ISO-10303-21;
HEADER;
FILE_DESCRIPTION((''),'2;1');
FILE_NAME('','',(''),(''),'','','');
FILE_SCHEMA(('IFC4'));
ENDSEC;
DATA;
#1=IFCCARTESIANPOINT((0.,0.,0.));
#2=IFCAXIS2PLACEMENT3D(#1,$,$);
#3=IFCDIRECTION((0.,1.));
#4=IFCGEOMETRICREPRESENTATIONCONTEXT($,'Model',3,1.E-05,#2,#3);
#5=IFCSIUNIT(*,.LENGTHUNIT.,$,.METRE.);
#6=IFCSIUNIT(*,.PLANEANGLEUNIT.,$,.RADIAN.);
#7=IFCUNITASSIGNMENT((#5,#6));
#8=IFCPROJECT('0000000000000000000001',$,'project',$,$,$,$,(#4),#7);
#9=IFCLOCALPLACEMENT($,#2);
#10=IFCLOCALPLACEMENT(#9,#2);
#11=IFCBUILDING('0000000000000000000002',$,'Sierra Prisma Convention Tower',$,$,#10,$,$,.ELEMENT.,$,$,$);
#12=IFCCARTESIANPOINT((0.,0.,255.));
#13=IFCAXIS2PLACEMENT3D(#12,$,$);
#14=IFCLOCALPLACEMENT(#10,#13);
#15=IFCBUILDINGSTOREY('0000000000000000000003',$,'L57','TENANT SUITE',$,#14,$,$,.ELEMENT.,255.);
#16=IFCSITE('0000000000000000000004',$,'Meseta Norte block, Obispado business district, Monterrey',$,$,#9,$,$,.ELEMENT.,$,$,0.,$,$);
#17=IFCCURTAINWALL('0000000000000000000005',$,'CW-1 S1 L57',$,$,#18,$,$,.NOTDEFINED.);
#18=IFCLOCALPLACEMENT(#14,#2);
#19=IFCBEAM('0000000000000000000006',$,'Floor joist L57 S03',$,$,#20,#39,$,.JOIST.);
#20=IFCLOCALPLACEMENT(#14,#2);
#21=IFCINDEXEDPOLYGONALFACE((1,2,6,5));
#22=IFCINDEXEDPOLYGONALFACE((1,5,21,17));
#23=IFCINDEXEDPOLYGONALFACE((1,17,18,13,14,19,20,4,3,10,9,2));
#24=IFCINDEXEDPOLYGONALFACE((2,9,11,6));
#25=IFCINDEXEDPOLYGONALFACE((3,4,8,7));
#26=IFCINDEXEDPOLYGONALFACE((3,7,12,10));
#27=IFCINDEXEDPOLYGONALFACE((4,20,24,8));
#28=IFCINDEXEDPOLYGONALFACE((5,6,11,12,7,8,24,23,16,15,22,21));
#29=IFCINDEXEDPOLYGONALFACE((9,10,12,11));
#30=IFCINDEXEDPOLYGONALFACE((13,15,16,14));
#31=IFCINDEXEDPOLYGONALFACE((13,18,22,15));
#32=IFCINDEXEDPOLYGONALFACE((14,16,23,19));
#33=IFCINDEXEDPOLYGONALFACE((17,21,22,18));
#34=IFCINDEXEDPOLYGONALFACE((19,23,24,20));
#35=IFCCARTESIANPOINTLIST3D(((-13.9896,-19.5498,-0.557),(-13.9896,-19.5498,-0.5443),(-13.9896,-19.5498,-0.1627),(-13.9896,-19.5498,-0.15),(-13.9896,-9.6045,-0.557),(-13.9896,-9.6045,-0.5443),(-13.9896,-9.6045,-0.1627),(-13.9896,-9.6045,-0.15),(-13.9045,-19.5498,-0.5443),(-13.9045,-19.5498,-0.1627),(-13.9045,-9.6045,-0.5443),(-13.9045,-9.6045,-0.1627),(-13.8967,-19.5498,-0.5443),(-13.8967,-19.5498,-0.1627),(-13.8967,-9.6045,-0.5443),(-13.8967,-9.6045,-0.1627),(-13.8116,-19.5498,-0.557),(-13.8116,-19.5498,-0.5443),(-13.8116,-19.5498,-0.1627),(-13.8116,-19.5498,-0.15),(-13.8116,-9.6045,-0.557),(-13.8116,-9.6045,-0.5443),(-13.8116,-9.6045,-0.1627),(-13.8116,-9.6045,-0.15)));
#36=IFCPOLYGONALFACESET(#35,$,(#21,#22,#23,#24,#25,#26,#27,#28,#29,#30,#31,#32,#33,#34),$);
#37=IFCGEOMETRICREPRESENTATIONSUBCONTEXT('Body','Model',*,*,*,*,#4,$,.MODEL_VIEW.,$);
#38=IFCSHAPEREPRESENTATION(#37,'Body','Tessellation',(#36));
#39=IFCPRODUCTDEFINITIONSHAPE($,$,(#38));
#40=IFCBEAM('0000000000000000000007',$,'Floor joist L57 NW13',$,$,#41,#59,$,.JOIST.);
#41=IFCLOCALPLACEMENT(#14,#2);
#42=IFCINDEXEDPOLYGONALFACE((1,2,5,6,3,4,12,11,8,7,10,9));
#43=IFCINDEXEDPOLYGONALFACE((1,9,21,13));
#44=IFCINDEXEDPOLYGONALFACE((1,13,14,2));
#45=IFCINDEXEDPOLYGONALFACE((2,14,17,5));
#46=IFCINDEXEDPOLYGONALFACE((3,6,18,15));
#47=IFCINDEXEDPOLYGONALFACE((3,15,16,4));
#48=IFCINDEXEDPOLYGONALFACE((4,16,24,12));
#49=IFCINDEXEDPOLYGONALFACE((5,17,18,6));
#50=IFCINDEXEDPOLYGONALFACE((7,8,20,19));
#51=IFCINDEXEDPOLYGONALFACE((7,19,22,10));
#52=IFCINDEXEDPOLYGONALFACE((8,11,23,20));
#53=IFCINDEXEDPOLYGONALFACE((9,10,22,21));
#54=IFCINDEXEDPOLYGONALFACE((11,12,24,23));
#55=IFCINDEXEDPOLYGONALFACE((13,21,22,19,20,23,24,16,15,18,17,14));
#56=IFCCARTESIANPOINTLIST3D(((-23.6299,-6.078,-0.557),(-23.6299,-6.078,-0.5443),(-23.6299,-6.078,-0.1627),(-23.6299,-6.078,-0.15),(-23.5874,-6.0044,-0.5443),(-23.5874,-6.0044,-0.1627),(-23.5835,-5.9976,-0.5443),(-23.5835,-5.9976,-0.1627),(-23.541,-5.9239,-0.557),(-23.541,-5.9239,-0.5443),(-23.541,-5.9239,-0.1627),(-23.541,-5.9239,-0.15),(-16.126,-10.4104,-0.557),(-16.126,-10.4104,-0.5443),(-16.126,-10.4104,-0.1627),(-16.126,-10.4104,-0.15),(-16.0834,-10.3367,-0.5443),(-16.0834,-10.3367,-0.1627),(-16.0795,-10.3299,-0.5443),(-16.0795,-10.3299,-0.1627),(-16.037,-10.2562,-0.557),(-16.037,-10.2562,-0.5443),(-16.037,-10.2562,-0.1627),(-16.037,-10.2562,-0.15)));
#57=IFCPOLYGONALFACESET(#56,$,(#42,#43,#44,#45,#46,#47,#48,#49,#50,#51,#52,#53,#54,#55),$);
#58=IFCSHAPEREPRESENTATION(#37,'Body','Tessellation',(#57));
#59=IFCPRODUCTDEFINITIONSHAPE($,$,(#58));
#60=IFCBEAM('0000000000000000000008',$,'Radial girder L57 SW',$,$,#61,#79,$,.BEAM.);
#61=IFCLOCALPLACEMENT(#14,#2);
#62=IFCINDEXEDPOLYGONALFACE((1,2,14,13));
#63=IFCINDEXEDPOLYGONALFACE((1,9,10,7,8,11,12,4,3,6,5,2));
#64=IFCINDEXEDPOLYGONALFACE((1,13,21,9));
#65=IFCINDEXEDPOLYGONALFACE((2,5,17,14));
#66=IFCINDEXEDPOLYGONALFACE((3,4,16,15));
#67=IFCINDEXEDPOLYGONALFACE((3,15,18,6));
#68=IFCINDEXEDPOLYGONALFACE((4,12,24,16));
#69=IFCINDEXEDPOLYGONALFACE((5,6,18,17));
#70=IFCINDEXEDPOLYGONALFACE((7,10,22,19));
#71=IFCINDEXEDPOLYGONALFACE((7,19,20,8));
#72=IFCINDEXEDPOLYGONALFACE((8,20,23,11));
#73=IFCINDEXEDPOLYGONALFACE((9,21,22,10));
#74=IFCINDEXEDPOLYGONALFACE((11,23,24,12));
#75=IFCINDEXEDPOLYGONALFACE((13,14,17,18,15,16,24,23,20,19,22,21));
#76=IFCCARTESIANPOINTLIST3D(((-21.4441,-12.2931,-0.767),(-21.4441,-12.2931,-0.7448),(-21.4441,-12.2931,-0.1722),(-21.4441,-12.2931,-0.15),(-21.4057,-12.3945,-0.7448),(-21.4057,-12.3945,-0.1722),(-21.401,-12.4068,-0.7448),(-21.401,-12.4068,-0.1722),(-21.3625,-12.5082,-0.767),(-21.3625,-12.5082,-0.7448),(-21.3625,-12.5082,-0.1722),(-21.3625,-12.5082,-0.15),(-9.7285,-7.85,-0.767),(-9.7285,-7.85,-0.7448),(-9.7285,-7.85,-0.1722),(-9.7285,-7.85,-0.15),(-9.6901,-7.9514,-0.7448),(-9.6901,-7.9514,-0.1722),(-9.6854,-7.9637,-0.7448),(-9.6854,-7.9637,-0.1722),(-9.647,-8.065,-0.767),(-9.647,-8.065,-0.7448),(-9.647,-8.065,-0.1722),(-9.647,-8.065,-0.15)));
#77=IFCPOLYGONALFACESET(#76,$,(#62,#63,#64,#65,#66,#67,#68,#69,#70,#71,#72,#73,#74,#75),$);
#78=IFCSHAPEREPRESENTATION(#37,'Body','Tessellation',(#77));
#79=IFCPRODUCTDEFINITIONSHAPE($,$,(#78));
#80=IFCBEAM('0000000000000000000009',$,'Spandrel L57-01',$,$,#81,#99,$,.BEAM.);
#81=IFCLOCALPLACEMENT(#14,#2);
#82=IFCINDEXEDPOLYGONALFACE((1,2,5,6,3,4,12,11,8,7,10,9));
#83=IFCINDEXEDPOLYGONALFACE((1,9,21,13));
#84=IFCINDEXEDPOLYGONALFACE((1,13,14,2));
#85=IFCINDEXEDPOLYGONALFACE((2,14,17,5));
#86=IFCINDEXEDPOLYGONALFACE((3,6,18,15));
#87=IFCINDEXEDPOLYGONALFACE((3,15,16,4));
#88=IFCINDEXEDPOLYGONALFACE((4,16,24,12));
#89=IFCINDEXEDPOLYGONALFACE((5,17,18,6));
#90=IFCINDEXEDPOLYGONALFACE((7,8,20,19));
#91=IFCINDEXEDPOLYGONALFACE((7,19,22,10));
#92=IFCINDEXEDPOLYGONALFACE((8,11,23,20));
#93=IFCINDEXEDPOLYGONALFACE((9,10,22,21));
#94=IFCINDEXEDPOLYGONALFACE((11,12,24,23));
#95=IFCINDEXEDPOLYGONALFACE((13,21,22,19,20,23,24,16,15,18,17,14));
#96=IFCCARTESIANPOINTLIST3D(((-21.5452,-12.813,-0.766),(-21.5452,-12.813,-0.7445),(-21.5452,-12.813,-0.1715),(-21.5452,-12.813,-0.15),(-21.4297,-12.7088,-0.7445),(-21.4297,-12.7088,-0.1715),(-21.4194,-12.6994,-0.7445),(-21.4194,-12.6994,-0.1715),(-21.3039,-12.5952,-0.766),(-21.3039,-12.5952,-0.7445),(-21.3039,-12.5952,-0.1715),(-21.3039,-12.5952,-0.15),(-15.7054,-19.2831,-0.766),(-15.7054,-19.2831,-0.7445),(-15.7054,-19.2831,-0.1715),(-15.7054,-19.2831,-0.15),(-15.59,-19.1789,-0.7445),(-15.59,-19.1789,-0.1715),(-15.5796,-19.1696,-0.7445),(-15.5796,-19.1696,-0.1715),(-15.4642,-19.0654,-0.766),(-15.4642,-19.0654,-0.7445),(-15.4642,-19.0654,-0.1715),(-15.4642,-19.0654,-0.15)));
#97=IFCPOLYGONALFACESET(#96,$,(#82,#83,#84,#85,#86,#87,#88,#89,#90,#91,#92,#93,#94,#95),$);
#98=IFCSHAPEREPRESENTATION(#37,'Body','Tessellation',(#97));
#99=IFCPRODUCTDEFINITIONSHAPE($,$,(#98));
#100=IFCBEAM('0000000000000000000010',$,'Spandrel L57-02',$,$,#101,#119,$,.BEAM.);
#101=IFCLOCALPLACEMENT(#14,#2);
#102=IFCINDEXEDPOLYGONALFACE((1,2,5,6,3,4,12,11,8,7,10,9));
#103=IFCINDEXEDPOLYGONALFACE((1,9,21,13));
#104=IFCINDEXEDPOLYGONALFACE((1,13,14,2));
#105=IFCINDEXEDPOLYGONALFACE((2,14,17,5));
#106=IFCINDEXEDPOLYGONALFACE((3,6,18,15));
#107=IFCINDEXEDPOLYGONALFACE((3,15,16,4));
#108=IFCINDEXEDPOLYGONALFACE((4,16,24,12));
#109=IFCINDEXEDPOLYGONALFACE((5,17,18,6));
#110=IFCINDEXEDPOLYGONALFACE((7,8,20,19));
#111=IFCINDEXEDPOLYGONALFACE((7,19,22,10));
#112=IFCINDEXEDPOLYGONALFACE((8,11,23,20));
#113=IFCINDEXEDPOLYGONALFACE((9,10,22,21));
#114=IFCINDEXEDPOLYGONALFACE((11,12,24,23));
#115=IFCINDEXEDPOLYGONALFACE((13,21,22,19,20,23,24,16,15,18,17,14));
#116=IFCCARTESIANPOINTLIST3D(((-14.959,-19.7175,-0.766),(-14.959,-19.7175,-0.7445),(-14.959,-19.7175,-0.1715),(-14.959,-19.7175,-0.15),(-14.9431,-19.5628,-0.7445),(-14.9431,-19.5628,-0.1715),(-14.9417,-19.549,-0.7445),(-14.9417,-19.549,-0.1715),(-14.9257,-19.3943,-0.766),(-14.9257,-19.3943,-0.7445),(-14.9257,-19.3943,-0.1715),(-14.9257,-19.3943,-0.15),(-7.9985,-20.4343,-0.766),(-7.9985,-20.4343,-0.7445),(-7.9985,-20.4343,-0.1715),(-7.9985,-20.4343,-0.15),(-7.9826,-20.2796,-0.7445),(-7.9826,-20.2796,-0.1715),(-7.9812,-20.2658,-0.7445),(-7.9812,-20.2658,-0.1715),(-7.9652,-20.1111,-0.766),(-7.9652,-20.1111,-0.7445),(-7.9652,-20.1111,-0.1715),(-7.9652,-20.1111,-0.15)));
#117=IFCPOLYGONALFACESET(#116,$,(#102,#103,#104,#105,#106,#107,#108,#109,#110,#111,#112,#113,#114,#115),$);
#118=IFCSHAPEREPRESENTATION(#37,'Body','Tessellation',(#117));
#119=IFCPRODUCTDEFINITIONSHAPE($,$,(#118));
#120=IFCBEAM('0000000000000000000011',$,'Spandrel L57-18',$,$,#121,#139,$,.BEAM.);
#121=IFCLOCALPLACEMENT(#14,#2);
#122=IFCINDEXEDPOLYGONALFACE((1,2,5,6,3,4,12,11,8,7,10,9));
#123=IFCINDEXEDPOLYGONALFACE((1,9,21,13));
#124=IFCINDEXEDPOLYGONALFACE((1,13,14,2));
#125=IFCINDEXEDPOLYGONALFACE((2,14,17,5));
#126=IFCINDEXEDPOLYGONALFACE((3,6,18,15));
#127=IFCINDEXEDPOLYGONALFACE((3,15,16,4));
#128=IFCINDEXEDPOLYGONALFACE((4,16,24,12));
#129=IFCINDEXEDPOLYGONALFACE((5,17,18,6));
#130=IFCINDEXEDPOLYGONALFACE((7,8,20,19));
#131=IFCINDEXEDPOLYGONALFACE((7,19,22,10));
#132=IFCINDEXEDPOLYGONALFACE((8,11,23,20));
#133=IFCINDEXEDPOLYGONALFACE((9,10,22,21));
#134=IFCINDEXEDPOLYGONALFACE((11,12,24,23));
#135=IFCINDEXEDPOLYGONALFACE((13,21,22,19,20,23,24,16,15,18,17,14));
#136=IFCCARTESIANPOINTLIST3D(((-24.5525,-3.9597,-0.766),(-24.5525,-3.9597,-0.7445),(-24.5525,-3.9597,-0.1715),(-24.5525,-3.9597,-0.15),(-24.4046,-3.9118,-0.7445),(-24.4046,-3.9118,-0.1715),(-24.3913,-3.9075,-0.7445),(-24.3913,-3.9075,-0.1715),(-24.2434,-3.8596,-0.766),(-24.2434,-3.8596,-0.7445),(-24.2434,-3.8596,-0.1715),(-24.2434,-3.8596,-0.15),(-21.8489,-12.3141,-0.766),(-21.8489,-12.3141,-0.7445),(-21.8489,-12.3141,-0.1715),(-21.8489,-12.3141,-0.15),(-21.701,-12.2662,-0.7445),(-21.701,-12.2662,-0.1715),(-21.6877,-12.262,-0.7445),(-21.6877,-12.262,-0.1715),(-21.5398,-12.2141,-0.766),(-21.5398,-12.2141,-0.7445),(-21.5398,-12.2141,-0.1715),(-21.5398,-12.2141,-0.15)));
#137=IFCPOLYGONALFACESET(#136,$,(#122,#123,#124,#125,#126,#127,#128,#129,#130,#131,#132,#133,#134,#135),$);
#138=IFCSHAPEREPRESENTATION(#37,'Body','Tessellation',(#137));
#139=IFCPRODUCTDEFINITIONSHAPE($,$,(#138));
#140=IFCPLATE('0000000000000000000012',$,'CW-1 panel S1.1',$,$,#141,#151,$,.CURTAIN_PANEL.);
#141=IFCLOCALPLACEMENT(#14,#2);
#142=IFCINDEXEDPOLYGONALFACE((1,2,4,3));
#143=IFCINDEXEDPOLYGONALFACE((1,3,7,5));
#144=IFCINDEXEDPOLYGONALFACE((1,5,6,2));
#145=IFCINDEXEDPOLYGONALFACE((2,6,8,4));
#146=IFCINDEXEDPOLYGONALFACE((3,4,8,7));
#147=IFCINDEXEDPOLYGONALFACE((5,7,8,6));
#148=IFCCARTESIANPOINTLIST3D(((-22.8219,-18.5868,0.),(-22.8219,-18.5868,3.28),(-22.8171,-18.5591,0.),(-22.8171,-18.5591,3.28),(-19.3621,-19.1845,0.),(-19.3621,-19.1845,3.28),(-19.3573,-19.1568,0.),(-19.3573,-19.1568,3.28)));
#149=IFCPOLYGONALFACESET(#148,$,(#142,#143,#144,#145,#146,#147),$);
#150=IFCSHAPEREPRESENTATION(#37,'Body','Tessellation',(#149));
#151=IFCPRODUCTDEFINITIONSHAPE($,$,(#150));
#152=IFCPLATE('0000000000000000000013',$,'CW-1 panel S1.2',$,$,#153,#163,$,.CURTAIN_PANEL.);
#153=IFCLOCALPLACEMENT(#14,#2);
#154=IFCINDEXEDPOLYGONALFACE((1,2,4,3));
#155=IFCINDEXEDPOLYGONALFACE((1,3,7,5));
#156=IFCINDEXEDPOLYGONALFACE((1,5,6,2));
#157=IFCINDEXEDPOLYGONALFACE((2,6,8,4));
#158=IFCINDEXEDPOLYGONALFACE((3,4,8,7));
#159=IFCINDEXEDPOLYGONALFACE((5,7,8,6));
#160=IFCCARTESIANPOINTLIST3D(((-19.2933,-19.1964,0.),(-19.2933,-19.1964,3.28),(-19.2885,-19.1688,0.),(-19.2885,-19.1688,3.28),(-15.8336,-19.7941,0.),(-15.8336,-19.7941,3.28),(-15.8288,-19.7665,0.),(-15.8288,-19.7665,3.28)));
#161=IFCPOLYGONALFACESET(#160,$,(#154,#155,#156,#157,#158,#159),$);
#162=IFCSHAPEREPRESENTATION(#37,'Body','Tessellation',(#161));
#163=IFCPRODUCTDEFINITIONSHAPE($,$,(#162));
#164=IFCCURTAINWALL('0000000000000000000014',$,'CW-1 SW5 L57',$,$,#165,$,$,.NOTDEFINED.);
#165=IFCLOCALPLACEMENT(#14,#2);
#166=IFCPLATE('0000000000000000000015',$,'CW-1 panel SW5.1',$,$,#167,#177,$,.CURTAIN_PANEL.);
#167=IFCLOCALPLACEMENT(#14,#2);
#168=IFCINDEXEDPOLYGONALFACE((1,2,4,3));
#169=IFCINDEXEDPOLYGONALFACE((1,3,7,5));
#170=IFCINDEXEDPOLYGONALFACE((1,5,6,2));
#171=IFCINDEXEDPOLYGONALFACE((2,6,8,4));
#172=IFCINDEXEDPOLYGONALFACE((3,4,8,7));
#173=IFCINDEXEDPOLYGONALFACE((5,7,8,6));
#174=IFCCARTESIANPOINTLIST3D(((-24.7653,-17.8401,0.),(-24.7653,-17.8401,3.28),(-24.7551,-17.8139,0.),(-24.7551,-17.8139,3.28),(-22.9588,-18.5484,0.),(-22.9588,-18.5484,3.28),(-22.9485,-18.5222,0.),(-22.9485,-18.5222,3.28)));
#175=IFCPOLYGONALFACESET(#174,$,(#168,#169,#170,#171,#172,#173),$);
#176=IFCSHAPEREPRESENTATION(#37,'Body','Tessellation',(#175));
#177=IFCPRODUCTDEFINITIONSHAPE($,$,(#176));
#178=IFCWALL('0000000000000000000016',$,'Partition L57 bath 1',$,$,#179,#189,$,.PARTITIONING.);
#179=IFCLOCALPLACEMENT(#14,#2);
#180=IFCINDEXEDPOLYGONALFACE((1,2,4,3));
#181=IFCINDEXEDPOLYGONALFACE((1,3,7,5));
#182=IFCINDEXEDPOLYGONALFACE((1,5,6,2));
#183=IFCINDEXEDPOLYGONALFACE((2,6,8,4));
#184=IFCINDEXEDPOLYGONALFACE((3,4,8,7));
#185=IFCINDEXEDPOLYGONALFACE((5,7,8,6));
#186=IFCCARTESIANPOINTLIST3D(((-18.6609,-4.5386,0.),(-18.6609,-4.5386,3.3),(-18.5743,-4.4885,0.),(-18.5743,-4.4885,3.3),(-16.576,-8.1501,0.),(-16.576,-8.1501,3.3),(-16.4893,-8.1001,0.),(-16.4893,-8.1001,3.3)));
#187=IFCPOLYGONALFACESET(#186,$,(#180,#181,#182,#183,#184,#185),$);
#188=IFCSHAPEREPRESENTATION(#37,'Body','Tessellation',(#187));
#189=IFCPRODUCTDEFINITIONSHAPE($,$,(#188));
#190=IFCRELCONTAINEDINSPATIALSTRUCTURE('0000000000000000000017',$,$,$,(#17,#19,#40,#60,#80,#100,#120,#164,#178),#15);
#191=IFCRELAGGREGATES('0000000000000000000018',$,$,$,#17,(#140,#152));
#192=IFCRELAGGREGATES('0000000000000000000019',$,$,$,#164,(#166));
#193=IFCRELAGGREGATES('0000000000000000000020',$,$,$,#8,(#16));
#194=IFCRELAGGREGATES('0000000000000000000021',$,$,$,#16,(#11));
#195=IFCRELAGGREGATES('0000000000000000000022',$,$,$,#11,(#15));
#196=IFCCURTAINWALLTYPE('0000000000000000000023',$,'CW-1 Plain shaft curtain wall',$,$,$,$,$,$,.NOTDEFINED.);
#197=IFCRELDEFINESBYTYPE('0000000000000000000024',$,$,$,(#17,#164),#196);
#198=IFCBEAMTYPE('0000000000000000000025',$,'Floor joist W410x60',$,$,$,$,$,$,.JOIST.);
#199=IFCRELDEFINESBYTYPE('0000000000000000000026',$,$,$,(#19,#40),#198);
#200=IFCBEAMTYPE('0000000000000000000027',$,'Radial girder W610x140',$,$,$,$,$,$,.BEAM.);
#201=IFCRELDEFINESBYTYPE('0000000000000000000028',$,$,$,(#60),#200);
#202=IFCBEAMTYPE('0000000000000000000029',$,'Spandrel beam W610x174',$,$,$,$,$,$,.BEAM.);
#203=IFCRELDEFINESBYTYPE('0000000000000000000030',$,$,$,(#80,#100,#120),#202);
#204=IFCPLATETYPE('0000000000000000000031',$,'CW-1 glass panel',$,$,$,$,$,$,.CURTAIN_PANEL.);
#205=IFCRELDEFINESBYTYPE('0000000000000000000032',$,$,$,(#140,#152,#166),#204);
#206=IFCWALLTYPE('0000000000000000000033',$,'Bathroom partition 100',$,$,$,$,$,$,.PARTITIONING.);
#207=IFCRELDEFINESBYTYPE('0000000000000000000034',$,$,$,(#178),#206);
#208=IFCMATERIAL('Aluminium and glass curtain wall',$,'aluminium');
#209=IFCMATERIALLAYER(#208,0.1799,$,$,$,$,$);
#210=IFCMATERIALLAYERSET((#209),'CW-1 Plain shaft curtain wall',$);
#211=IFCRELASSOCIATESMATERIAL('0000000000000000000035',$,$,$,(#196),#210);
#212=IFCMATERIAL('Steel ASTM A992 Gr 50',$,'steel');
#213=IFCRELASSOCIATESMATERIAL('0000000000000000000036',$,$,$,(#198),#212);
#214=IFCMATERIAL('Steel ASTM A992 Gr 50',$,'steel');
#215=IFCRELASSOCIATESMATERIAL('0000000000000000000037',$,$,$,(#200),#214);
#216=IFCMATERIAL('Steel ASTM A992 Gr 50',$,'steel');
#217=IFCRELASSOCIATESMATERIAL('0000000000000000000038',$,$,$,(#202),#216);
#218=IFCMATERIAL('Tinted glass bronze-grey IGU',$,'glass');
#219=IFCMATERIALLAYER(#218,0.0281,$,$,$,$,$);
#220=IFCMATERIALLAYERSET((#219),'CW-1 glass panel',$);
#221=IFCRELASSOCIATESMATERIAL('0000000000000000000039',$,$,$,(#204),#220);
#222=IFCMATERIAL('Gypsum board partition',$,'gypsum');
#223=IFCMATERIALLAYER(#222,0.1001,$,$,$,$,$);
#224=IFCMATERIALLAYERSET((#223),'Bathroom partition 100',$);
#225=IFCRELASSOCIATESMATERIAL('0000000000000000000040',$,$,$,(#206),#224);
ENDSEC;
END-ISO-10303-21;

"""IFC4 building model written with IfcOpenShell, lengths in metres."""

from ifc_helpers import new_model, si_unit, direction, frame, frame_2d, origin, origin_2d, place, context, subcontext, project, spatial, rectangle, i_section, extrude, material, layer, layer_set, material_profile, profile_set, type_object, element, aggregate, save


model = new_model("IFC4")

# Units and contexts
model_context = context("Model", 3, precision=1e-05, world=origin(), true_north=direction((0.0, 1.0)))
body_context = subcontext(model_context, "Body", "Model", "MODEL_VIEW")
ifc_project = project(units=[si_unit("LENGTHUNIT", "METRE"), si_unit("PLANEANGLEUNIT", "RADIAN")], contexts=[model_context])

# Site, building, storey
site_placement = place(None, origin())
site = spatial("IfcSite", under=ifc_project, at=site_placement, Name="Meseta Norte block, Obispado business district, Monterrey", CompositionType="ELEMENT", RefElevation=0.0)
building_placement = place(site_placement, origin())
building = spatial("IfcBuilding", under=site, at=building_placement, Name="Sierra Prisma Convention Tower", CompositionType="ELEMENT")
storey_placement = place(building_placement, frame((0.0, 0.0, 255.0)))
storey = spatial("IfcBuildingStorey", under=building, at=storey_placement, Name="L57", Description="TENANT SUITE", CompositionType="ELEMENT", Elevation=255.0)

# Curtain wall
ifc_material_1 = material(Name="Aluminium and glass curtain wall", Category="aluminium")
ifc_layer_1 = layer(ifc_material_1, 0.1799)
ifc_layer_set_1 = layer_set([ifc_layer_1], Name="CW-1 Plain shaft curtain wall")
curtain_wall_type = type_object("IfcCurtainWallType", Name="CW-1 Plain shaft curtain wall", PredefinedType="NOTDEFINED", material=ifc_layer_set_1)
curtain_wall_1_placement = place(storey_placement, origin())
curtain_wall_1 = element("IfcCurtainWall", 1, at=curtain_wall_1_placement, inside=storey, type_object=curtain_wall_type, Name="CW-1 S1 L57", PredefinedType="NOTDEFINED")

# Beams
ifc_material_2 = material(Name="Steel ASTM A992 Gr 50", Category="steel")
ifc_material_profile_1 = material_profile(ifc_material_2, i_section(OverallWidth=0.178, OverallDepth=0.407, WebThickness=0.0078, FlangeThickness=0.0127, at=origin_2d()), Name="W410x60")
ifc_profile_set_1 = profile_set([ifc_material_profile_1], Name="Steel ASTM A992 Gr 50")
beam_type_1 = type_object("IfcBeamType", Name="Floor joist W410x60", PredefinedType="JOIST", material=ifc_profile_set_1)
beam_1_placement = place(storey_placement, frame((-13.9006, -19.5498, -0.3535), z_axis=(0.0, 1.0, 0.0), x_axis=(-1.0, 0.0, 0.0)))
element("IfcBeam", 2, at=beam_1_placement, inside=storey, type_object=beam_type_1, Name="Floor joist L57 S03", PredefinedType="JOIST", context=body_context, shape_type="SweptSolid", body=[
    extrude(i_section(OverallWidth=0.178, OverallDepth=0.407, WebThickness=0.0078, FlangeThickness=0.0127, at=origin_2d()), origin(), (0.0, 0.0, 1.0), 9.9453),
])
beam_2_placement = place(storey_placement, frame((-23.5854, -6.001, -0.3535), z_axis=(0.866031, -0.499991, 0.0), x_axis=(0.499991, 0.866031, 0.0)))
element("IfcBeam", 3, at=beam_2_placement, inside=storey, type_object=beam_type_1, Name="Floor joist L57 NW13", PredefinedType="JOIST", context=body_context, shape_type="SweptSolid", body=[
    extrude(i_section(OverallWidth=0.178, OverallDepth=0.407, WebThickness=0.0078, FlangeThickness=0.0127, at=origin_2d()), origin(), (0.0, 0.0, 1.0), 8.6648),
])
ifc_material_3 = material(Name="Steel ASTM A992 Gr 50", Category="steel")
ifc_material_profile_2 = material_profile(ifc_material_3, i_section(OverallWidth=0.23, OverallDepth=0.6169, WebThickness=0.0132, FlangeThickness=0.0222, at=origin_2d()), Name="W610x140")
ifc_profile_set_2 = profile_set([ifc_material_profile_2], Name="Steel ASTM A992 Gr 50")
beam_type_2 = type_object("IfcBeamType", Name="Radial girder W610x140", PredefinedType="BEAM", material=ifc_profile_set_2)
beam_3_placement = place(storey_placement, frame((-21.4033, -12.4006, -0.4585), z_axis=(0.935017, 0.354604, 0.0), x_axis=(-0.354604, 0.935017, 0.0)))
element("IfcBeam", 4, at=beam_3_placement, inside=storey, type_object=beam_type_2, Name="Radial girder L57 SW", PredefinedType="BEAM", context=body_context, shape_type="SweptSolid", body=[
    extrude(i_section(OverallWidth=0.23, OverallDepth=0.6169, WebThickness=0.0132, FlangeThickness=0.0222, at=origin_2d()), origin(), (0.0, 0.0, 1.0), 12.5298),
])
ifc_material_4 = material(Name="Steel ASTM A992 Gr 50", Category="steel")
ifc_material_profile_3 = material_profile(ifc_material_4, i_section(OverallWidth=0.325, OverallDepth=0.616, WebThickness=0.0139, FlangeThickness=0.0215, at=origin_2d()), Name="W610x174")
ifc_profile_set_3 = profile_set([ifc_material_profile_3], Name="Steel ASTM A992 Gr 50")
beam_type_3 = type_object("IfcBeamType", Name="Spandrel beam W610x174", PredefinedType="BEAM", material=ifc_profile_set_3)
beam_4_placement = place(storey_placement, frame((-21.4246, -12.7041, -0.458), z_axis=(0.670019, -0.742344, 0.0), x_axis=(0.742344, 0.670019, 0.0)))
element("IfcBeam", 5, at=beam_4_placement, inside=storey, type_object=beam_type_3, Name="Spandrel L57-01", PredefinedType="BEAM", context=body_context, shape_type="SweptSolid", body=[
    extrude(i_section(OverallWidth=0.325, OverallDepth=0.616, WebThickness=0.0139, FlangeThickness=0.0215, at=origin_2d()), origin(), (0.0, 0.0, 1.0), 8.7158),
])
beam_5_placement = place(storey_placement, frame((-14.9424, -19.5559, -0.458), z_axis=(0.994739, -0.10244, 0.0), x_axis=(0.10244, 0.994739, 0.0)))
element("IfcBeam", 6, at=beam_5_placement, inside=storey, type_object=beam_type_3, Name="Spandrel L57-02", PredefinedType="BEAM", context=body_context, shape_type="SweptSolid", body=[
    extrude(i_section(OverallWidth=0.325, OverallDepth=0.616, WebThickness=0.0139, FlangeThickness=0.0215, at=origin_2d()), origin(), (0.0, 0.0, 1.0), 6.9973),
])
beam_6_placement = place(storey_placement, frame((-24.3979, -3.9097, -0.458), z_axis=(0.307891, -0.951422, 0.0), x_axis=(0.951422, 0.307891, 0.0)))
element("IfcBeam", 7, at=beam_6_placement, inside=storey, type_object=beam_type_3, Name="Spandrel L57-18", PredefinedType="BEAM", context=body_context, shape_type="SweptSolid", body=[
    extrude(i_section(OverallWidth=0.325, OverallDepth=0.616, WebThickness=0.0139, FlangeThickness=0.0215, at=origin_2d()), origin(), (0.0, 0.0, 1.0), 8.781),
])

# Plates
ifc_material_5 = material(Name="Tinted glass bronze-grey IGU", Category="glass")
ifc_layer_2 = layer(ifc_material_5, 0.0281)
ifc_layer_set_2 = layer_set([ifc_layer_2], Name="CW-1 glass panel")
plate_type = type_object("IfcPlateType", Name="CW-1 glass panel", PredefinedType="CURTAIN_PANEL", material=ifc_layer_set_2)
plate_1_placement = place(storey_placement, frame((-21.0896, -18.8718, 0.0), z_axis=(0.0, 0.0, 1.0), x_axis=(0.985403, -0.170235, 0.0)))
plate_1 = element("IfcPlate", 8, at=plate_1_placement, type_object=plate_type, Name="CW-1 panel S1.1", PredefinedType="CURTAIN_PANEL", context=body_context, shape_type="SweptSolid", body=[
    extrude(rectangle(XDim=3.511, YDim=0.0281, at=origin_2d()), origin(), (0.0, 0.0, 1.0), 3.28),
])
plate_2_placement = place(storey_placement, frame((-17.561, -19.4814, 0.0), z_axis=(0.0, 0.0, 1.0), x_axis=(0.985403, -0.170235, 0.0)))
plate_2 = element("IfcPlate", 9, at=plate_2_placement, type_object=plate_type, Name="CW-1 panel S1.2", PredefinedType="CURTAIN_PANEL", context=body_context, shape_type="SweptSolid", body=[
    extrude(rectangle(XDim=3.511, YDim=0.0281, at=origin_2d()), origin(), (0.0, 0.0, 1.0), 3.28),
])
aggregate(curtain_wall_1, [plate_1, plate_2])

# Curtain wall, plate
curtain_wall_2_placement = place(storey_placement, origin())
curtain_wall_2 = element("IfcCurtainWall", 10, at=curtain_wall_2_placement, inside=storey, type_object=curtain_wall_type, Name="CW-1 SW5 L57", PredefinedType="NOTDEFINED")
plate_3_placement = place(storey_placement, frame((-23.8569, -18.1812, 0.0), z_axis=(0.0, 0.0, 1.0), x_axis=(0.930996, -0.36503, 0.0)))
plate_3 = element("IfcPlate", 11, at=plate_3_placement, type_object=plate_type, Name="CW-1 panel SW5.1", PredefinedType="CURTAIN_PANEL", context=body_context, shape_type="SweptSolid", body=[
    extrude(rectangle(XDim=1.9404, YDim=0.0281, at=origin_2d()), origin(), (0.0, 0.0, 1.0), 3.28),
])
aggregate(curtain_wall_2, [plate_3])

# Wall
ifc_material_6 = material(Name="Gypsum board partition", Category="gypsum")
ifc_layer_3 = layer(ifc_material_6, 0.1001)
ifc_layer_set_3 = layer_set([ifc_layer_3], Name="Bathroom partition 100")
wall_type_1 = type_object("IfcWallType", Name="Bathroom partition 100", PredefinedType="PARTITIONING", material=ifc_layer_set_3)
wall_1_placement = place(storey_placement, frame((-16.5327, -8.125, 0.0), z_axis=(0.0, 0.0, 1.0), x_axis=(-0.499967, 0.866044, 0.0)))
element("IfcWall", 12, at=wall_1_placement, inside=storey, type_object=wall_type_1, Name="Partition L57 bath 1", PredefinedType="PARTITIONING", context=body_context, shape_type="SweptSolid", body=[
    extrude(rectangle(XDim=4.1702, YDim=0.1001, at=frame_2d((2.085, 0.0))), origin(), (0.0, 0.0, 1.0), 3.3),
])

save(model, "model.ifc")
